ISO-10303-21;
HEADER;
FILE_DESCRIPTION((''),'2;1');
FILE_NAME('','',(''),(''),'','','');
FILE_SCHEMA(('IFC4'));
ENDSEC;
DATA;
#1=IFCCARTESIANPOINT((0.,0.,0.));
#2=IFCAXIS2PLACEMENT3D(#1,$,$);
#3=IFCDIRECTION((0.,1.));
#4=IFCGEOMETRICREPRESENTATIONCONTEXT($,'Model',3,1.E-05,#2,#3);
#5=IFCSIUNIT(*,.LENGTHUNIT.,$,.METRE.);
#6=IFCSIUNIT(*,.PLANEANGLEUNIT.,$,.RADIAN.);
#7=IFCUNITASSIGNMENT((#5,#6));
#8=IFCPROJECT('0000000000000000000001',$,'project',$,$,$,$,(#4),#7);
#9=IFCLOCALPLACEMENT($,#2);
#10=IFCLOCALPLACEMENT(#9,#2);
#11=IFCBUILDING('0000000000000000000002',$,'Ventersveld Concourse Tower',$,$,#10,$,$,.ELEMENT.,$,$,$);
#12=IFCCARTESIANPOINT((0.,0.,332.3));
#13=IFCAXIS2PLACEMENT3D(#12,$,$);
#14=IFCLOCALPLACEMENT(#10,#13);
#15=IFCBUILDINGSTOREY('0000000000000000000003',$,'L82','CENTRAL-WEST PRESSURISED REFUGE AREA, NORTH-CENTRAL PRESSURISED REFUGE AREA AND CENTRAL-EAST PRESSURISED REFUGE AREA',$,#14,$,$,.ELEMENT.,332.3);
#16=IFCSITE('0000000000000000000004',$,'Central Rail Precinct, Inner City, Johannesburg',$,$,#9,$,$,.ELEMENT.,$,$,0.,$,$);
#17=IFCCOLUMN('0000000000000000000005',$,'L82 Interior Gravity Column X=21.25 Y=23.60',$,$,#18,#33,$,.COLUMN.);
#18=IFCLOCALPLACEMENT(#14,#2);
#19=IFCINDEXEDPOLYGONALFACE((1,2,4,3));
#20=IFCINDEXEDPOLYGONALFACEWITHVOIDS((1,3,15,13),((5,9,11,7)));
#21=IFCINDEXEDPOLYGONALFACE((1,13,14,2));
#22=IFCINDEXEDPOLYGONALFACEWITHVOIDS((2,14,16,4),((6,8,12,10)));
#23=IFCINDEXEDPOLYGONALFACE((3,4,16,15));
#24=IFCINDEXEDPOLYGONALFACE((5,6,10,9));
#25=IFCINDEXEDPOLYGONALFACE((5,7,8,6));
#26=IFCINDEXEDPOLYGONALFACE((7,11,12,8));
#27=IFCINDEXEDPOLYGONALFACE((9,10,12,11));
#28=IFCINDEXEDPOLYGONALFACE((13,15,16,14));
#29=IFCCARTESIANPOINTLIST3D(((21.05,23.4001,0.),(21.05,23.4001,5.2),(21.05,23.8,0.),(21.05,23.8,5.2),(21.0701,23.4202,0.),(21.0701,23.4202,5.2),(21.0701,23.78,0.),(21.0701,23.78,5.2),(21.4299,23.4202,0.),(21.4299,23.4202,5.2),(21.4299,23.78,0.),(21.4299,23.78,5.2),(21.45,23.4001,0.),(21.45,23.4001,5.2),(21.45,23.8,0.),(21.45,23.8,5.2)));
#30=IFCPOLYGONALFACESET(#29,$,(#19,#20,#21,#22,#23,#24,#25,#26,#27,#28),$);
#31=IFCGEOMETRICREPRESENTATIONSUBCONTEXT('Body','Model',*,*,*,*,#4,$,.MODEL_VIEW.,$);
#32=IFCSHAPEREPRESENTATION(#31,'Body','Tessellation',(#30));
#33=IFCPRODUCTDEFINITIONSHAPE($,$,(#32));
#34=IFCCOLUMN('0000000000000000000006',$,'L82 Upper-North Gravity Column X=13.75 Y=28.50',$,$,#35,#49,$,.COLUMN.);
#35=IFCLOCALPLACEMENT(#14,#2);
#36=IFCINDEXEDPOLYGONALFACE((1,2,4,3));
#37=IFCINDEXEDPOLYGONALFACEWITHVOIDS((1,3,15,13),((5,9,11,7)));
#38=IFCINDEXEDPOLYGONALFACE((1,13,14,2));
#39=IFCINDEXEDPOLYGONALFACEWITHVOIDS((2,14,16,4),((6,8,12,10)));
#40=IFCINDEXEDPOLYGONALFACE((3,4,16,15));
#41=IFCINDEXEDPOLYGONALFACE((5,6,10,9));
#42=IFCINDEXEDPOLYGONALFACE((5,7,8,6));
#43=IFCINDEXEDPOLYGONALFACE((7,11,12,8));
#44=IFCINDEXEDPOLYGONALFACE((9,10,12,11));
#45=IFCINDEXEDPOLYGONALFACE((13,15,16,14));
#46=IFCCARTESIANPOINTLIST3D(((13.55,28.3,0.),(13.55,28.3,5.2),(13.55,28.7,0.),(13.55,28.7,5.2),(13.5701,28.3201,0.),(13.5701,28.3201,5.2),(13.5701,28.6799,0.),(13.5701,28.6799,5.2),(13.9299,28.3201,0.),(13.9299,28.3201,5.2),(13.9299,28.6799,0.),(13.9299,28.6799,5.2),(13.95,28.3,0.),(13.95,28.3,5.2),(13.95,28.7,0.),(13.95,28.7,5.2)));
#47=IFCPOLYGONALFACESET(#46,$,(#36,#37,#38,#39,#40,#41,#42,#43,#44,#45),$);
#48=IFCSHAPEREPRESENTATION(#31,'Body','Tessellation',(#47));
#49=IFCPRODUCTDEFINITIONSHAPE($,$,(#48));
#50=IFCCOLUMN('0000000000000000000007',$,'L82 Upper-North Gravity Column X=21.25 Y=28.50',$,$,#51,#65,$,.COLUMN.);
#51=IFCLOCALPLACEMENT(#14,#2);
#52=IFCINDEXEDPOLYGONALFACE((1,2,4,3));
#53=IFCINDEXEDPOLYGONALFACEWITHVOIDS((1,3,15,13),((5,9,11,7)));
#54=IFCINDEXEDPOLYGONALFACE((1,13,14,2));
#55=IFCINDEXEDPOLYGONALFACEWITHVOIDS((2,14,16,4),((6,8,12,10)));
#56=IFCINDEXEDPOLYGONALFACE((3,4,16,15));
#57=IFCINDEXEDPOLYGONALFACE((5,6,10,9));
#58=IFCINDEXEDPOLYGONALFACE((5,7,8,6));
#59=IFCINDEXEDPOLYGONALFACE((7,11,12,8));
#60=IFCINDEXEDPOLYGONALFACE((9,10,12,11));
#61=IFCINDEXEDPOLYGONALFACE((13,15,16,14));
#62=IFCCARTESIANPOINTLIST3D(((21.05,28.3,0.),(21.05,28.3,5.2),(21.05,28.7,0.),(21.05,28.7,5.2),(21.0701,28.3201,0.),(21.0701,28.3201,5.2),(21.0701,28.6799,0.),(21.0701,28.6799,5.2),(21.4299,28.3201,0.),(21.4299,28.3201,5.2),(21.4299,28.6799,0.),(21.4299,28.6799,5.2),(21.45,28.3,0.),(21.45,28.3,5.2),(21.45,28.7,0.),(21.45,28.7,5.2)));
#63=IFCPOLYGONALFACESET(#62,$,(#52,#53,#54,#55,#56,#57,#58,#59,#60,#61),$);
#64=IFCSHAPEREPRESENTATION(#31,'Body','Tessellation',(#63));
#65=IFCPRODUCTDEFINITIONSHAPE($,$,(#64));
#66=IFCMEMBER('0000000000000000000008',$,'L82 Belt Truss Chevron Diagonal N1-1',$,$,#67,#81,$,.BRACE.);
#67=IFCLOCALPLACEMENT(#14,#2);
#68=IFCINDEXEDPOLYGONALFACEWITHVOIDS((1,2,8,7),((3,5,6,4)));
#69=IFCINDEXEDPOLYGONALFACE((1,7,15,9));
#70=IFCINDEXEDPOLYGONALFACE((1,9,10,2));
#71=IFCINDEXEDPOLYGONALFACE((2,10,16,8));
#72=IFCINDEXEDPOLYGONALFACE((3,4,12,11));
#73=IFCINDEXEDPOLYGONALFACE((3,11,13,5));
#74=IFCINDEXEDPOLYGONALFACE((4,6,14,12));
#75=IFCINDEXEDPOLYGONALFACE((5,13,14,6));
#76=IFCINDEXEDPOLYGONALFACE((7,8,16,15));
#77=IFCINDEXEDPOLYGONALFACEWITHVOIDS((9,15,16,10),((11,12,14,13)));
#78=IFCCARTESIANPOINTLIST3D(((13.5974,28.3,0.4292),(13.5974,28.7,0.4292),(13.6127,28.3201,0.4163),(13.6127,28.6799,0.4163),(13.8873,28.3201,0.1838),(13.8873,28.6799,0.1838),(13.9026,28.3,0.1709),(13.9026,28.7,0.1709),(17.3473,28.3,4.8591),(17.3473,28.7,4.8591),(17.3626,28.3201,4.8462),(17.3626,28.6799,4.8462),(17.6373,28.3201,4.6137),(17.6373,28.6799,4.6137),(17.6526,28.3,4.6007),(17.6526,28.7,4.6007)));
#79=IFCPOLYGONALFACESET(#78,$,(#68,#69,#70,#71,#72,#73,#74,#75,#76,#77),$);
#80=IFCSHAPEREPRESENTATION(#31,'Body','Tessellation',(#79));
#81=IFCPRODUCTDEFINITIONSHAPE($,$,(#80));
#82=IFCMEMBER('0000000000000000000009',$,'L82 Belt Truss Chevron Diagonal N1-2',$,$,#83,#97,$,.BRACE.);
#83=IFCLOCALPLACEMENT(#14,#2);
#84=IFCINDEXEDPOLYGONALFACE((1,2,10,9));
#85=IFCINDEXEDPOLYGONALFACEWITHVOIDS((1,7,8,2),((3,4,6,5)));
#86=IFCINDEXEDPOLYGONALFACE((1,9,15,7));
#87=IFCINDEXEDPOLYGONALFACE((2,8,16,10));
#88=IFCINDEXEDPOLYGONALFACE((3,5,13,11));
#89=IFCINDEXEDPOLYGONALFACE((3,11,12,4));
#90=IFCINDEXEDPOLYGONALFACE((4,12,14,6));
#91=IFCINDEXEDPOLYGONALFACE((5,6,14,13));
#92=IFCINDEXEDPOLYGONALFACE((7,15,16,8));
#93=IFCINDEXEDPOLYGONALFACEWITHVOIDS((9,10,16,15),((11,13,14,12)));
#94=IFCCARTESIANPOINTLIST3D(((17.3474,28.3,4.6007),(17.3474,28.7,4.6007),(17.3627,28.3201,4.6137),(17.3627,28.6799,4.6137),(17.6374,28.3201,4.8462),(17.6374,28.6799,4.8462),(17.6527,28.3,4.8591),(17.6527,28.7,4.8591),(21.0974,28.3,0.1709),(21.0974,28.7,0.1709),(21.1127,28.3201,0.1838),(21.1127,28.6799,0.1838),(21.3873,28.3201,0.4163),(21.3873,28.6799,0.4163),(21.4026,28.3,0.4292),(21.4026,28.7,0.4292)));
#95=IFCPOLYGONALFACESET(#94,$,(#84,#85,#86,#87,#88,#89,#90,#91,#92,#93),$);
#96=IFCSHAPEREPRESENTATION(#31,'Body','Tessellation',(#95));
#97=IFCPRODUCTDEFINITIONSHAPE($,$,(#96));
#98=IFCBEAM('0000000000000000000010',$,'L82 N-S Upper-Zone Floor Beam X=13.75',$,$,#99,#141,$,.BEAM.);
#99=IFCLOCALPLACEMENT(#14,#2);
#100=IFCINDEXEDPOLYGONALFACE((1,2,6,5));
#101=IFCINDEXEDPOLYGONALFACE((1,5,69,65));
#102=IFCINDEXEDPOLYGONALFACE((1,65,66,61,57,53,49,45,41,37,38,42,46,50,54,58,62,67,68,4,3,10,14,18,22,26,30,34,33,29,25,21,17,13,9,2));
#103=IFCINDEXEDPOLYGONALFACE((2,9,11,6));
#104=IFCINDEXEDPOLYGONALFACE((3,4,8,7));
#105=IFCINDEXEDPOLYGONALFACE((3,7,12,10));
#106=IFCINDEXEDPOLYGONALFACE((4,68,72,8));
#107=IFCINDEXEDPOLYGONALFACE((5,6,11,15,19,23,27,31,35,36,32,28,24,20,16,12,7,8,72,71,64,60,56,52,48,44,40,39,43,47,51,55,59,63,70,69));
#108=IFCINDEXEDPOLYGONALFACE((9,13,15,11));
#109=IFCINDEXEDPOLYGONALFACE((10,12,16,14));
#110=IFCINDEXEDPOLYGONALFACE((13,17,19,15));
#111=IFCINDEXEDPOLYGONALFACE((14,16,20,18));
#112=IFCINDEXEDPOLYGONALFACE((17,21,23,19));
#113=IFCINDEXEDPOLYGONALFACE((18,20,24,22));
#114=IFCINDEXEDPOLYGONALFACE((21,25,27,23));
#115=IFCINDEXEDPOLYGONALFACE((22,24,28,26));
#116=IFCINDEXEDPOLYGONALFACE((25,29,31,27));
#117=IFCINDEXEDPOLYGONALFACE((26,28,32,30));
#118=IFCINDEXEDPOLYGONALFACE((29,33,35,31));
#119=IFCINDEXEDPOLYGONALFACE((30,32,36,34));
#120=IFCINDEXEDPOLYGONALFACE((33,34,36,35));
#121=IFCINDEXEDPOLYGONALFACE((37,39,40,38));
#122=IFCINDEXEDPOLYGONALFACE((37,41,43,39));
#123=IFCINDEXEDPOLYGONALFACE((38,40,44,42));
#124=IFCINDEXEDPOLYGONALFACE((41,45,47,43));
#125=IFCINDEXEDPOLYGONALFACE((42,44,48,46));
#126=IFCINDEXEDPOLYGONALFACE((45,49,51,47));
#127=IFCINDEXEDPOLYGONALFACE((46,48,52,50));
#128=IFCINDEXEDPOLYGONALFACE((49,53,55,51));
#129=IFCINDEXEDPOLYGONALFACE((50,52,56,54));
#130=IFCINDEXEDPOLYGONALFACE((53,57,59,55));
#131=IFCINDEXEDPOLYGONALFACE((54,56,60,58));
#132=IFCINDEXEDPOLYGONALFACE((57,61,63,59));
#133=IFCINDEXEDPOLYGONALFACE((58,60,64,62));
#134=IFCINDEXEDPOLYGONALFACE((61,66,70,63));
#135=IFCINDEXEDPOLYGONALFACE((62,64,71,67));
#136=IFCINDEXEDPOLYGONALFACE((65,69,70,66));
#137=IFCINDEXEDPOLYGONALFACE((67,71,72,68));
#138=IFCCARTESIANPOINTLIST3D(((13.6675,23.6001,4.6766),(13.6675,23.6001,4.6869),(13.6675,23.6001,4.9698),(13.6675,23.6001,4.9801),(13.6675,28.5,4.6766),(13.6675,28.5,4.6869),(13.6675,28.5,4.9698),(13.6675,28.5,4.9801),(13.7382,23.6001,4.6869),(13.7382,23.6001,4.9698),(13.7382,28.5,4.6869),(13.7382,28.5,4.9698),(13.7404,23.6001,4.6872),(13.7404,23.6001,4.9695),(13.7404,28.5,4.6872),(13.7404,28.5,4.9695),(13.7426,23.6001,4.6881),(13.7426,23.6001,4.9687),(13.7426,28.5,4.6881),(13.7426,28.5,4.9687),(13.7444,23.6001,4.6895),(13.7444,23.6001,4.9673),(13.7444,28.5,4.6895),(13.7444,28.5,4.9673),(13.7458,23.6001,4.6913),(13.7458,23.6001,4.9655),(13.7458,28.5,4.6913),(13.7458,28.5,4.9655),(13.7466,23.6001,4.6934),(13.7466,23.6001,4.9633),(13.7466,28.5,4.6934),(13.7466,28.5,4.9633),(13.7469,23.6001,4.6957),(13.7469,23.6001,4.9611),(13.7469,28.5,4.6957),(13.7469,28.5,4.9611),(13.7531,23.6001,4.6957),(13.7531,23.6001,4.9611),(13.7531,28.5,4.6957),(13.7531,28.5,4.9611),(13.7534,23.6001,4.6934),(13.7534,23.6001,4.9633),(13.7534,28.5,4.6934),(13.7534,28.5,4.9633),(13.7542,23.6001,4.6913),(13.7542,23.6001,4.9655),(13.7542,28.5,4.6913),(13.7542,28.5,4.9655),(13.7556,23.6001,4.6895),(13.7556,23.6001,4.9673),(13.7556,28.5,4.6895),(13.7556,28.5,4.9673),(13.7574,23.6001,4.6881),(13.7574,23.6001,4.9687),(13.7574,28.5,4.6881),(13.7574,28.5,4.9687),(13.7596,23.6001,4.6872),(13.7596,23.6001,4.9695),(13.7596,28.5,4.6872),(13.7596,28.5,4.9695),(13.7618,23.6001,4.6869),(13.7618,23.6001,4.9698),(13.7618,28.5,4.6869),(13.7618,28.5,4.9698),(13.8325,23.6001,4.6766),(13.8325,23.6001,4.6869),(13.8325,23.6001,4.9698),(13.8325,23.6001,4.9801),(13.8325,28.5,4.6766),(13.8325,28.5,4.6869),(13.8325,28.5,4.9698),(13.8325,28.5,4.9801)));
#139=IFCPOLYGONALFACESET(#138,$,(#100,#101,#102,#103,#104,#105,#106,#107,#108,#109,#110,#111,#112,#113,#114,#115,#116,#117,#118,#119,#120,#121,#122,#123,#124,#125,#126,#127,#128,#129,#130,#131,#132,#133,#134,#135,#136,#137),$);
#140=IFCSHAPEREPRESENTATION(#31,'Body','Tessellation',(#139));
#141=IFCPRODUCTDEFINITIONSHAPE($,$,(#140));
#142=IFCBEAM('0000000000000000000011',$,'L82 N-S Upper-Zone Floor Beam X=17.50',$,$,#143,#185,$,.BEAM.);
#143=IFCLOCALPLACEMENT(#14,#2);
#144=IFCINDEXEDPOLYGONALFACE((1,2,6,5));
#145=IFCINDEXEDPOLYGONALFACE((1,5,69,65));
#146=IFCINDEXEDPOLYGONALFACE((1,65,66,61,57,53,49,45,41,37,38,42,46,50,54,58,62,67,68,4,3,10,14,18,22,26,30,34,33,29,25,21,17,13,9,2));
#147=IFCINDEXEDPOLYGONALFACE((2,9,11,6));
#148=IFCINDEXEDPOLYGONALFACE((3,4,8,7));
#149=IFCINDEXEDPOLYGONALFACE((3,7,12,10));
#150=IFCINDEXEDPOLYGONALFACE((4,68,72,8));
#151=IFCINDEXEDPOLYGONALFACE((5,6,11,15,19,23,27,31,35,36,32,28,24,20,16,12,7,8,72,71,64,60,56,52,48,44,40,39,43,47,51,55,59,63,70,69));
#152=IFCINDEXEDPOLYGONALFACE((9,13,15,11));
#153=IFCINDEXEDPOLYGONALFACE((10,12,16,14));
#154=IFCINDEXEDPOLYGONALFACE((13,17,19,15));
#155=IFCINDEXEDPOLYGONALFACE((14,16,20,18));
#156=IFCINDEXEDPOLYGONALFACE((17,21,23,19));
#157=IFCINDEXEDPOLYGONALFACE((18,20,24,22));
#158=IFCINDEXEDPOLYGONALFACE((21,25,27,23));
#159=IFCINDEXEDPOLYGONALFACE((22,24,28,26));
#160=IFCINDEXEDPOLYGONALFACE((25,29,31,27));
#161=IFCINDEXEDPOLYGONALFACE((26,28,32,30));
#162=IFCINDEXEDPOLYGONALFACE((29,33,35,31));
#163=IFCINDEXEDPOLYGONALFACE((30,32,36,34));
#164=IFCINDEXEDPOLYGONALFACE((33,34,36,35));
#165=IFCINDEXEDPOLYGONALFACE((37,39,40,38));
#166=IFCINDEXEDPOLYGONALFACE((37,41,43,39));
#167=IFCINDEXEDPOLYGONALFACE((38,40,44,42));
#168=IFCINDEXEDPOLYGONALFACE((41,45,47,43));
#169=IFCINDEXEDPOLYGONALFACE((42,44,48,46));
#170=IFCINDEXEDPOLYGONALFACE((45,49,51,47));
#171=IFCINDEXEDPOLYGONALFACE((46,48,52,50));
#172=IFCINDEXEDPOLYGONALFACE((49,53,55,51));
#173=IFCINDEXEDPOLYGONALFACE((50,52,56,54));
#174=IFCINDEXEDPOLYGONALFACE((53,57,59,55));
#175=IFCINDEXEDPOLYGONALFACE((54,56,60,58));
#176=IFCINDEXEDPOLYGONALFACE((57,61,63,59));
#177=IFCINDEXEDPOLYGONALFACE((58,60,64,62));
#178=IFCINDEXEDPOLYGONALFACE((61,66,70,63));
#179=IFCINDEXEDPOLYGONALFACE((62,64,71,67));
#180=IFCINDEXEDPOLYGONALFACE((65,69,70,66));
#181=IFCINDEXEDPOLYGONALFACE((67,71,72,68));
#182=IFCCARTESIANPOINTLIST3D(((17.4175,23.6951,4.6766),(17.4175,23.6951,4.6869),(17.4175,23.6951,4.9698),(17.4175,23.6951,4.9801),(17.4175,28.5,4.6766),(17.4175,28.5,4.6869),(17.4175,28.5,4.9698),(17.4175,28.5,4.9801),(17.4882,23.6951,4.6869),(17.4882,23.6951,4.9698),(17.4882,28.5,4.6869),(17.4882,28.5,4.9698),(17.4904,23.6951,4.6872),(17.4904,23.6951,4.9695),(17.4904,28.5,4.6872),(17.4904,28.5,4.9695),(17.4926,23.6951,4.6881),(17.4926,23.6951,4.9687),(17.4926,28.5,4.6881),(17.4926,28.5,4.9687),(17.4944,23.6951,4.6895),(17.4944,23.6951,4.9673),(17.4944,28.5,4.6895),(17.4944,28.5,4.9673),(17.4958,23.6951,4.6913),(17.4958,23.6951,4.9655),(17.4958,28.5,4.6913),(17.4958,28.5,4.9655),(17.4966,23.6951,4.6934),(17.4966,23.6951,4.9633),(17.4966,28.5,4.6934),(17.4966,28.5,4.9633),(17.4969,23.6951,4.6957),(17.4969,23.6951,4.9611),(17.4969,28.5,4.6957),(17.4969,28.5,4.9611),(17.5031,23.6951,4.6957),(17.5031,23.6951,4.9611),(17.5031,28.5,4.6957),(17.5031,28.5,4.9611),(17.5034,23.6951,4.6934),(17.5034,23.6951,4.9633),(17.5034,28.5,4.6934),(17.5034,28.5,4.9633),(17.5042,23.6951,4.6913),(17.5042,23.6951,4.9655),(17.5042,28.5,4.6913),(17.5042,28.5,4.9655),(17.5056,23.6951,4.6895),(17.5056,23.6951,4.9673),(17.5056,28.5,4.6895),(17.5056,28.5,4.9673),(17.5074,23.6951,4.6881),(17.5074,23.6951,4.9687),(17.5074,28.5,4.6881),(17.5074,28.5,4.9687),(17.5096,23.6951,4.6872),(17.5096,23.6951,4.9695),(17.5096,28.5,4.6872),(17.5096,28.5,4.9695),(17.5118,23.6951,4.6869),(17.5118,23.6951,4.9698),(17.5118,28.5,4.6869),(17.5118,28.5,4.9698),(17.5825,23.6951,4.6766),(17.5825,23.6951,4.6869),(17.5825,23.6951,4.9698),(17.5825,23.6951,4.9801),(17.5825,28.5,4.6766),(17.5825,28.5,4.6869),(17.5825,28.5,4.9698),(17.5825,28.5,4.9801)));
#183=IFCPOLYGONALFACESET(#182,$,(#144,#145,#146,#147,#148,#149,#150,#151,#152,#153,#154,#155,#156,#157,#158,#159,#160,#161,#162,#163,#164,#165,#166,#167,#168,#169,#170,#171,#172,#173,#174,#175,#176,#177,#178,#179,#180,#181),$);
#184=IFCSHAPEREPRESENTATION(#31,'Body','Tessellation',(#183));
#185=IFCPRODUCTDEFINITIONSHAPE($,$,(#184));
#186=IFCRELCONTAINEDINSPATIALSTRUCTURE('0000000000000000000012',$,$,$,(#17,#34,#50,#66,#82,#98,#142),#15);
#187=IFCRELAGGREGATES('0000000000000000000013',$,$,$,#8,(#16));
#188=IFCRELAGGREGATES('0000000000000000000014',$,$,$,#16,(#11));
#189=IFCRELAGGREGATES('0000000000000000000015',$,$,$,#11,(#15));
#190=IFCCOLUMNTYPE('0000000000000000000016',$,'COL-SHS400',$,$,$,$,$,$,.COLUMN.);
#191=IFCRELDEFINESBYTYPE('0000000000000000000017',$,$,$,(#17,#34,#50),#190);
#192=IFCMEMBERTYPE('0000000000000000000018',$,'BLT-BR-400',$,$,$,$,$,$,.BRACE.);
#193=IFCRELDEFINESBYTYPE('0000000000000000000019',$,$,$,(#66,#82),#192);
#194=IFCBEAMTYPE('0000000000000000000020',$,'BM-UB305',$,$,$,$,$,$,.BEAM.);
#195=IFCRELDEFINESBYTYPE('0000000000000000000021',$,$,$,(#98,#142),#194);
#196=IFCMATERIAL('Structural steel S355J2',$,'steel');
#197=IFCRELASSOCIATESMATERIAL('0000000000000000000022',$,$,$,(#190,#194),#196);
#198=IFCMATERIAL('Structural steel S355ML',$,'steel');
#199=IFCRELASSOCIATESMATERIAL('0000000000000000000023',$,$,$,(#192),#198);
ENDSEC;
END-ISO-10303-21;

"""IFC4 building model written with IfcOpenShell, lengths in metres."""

from ifc_helpers import new_model, si_unit, direction, frame, origin, origin_2d, place, context, subcontext, project, spatial, hollow_rectangle, i_section, extrude, material, material_profile, profile_set, type_object, element, save


model = new_model("IFC4")

# Units and contexts
model_context = context("Model", 3, precision=1e-05, world=origin(), true_north=direction((0.0, 1.0)))
body_context = subcontext(model_context, "Body", "Model", "MODEL_VIEW")
ifc_project = project(units=[si_unit("LENGTHUNIT", "METRE"), si_unit("PLANEANGLEUNIT", "RADIAN")], contexts=[model_context])

# Site, building, storey
site_placement = place(None, origin())
site = spatial("IfcSite", under=ifc_project, at=site_placement, Name="Central Rail Precinct, Inner City, Johannesburg", CompositionType="ELEMENT", RefElevation=0.0)
building_placement = place(site_placement, origin())
building = spatial("IfcBuilding", under=site, at=building_placement, Name="Ventersveld Concourse Tower", CompositionType="ELEMENT")
storey_placement = place(building_placement, frame((0.0, 0.0, 332.3)))
storey = spatial("IfcBuildingStorey", under=building, at=storey_placement, Name="L82", Description="CENTRAL-WEST PRESSURISED REFUGE AREA, NORTH-CENTRAL PRESSURISED REFUGE AREA AND CENTRAL-EAST PRESSURISED REFUGE AREA", CompositionType="ELEMENT", Elevation=332.3)

# Columns
ifc_material_1 = material(Name="Structural steel S355J2", Category="steel")
ifc_material_profile_1 = material_profile(ifc_material_1, hollow_rectangle(XDim=0.3999, YDim=0.3999, WallThickness=0.02, at=origin_2d()), Name="SHS 400x400x20")
ifc_profile_set_1 = profile_set([ifc_material_profile_1], Name="Structural steel S355J2")
column_type = type_object("IfcColumnType", Name="COL-SHS400", PredefinedType="COLUMN", material=ifc_profile_set_1)
for number, where, z_axis, x_axis, name in (
    (1, (21.25, 23.6001, 0.0), (0.0, 0.0, 1.0), (1.0, 0.0, 0.0), "L82 Interior Gravity Column X=21.25 Y=23.60"),
    (2, (13.75, 28.5, 0.0), (0.0, 0.0, 1.0), (1.0, 0.0, 0.0), "L82 Upper-North Gravity Column X=13.75 Y=28.50"),
    (3, (21.25, 28.5, 0.0), (0.0, 0.0, 1.0), (1.0, 0.0, 0.0), "L82 Upper-North Gravity Column X=21.25 Y=28.50"),
):
    element("IfcColumn", number, at=place(storey_placement, frame(where, z_axis=z_axis, x_axis=x_axis)), inside=storey, type_object=column_type, Name=name, PredefinedType="COLUMN", context=body_context, shape_type="SweptSolid", body=[
        extrude(hollow_rectangle(XDim=0.3999, YDim=0.3999, WallThickness=0.02, at=origin_2d()), origin(), (0.0, 0.0, 1.0), 5.2),
    ])

# Members
ifc_material_2 = material(Name="Structural steel S355ML", Category="steel")
ifc_material_profile_2 = material_profile(ifc_material_2, hollow_rectangle(XDim=0.3999, YDim=0.3999, WallThickness=0.02, at=origin_2d()), Name="SHS 400x400x20")
ifc_profile_set_2 = profile_set([ifc_material_profile_2], Name="Structural steel S355ML")
member_type_1 = type_object("IfcMemberType", Name="BLT-BR-400", PredefinedType="BRACE", material=ifc_profile_set_2)
for number, where, z_axis, x_axis, name in (
    (4, (13.75, 28.5, 0.3), (0.646103, 0.0, 0.763251), (0.0, 1.0, 0.0), "L82 Belt Truss Chevron Diagonal N1-1"),
    (5, (21.25, 28.5, 0.3), (-0.646103, 0.0, 0.763251), (0.0, -1.0, 0.0), "L82 Belt Truss Chevron Diagonal N1-2"),
):
    element("IfcMember", number, at=place(storey_placement, frame(where, z_axis=z_axis, x_axis=x_axis)), inside=storey, type_object=member_type_1, Name=name, PredefinedType="BRACE", context=body_context, shape_type="SweptSolid", body=[
        extrude(hollow_rectangle(XDim=0.3999, YDim=0.3999, WallThickness=0.02, at=origin_2d()), origin(), (0.0, 0.0, 1.0), 5.804),
    ])

# Beams
ifc_material_profile_3 = material_profile(ifc_material_1, i_section(OverallWidth=0.165, OverallDepth=0.3035, WebThickness=0.0061, FlangeThickness=0.0103, FilletRadius=0.0088, at=origin_2d()), Name="UB 305x165x40")
ifc_profile_set_3 = profile_set([ifc_material_profile_3], Name="Structural steel S355J2")
beam_type_1 = type_object("IfcBeamType", Name="BM-UB305", PredefinedType="BEAM", material=ifc_profile_set_3)
beam_1_placement = place(storey_placement, frame((13.75, 23.6001, 4.8284), z_axis=(0.0, 1.0, 0.0), x_axis=(-1.0, 0.0, 0.0)))
element("IfcBeam", 6, at=beam_1_placement, inside=storey, type_object=beam_type_1, Name="L82 N-S Upper-Zone Floor Beam X=13.75", PredefinedType="BEAM", context=body_context, shape_type="SweptSolid", body=[
    extrude(i_section(OverallWidth=0.165, OverallDepth=0.3035, WebThickness=0.0061, FlangeThickness=0.0103, FilletRadius=0.0088, at=origin_2d()), origin(), (0.0, 0.0, 1.0), 4.8999),
])
beam_2_placement = place(storey_placement, frame((17.5, 23.6951, 4.8284), z_axis=(0.0, 1.0, 0.0), x_axis=(-1.0, 0.0, 0.0)))
element("IfcBeam", 7, at=beam_2_placement, inside=storey, type_object=beam_type_1, Name="L82 N-S Upper-Zone Floor Beam X=17.50", PredefinedType="BEAM", context=body_context, shape_type="SweptSolid", body=[
    extrude(i_section(OverallWidth=0.165, OverallDepth=0.3035, WebThickness=0.0061, FlangeThickness=0.0103, FilletRadius=0.0088, at=origin_2d()), origin(), (0.0, 0.0, 1.0), 4.8049),
])

save(model, "model.ifc")
